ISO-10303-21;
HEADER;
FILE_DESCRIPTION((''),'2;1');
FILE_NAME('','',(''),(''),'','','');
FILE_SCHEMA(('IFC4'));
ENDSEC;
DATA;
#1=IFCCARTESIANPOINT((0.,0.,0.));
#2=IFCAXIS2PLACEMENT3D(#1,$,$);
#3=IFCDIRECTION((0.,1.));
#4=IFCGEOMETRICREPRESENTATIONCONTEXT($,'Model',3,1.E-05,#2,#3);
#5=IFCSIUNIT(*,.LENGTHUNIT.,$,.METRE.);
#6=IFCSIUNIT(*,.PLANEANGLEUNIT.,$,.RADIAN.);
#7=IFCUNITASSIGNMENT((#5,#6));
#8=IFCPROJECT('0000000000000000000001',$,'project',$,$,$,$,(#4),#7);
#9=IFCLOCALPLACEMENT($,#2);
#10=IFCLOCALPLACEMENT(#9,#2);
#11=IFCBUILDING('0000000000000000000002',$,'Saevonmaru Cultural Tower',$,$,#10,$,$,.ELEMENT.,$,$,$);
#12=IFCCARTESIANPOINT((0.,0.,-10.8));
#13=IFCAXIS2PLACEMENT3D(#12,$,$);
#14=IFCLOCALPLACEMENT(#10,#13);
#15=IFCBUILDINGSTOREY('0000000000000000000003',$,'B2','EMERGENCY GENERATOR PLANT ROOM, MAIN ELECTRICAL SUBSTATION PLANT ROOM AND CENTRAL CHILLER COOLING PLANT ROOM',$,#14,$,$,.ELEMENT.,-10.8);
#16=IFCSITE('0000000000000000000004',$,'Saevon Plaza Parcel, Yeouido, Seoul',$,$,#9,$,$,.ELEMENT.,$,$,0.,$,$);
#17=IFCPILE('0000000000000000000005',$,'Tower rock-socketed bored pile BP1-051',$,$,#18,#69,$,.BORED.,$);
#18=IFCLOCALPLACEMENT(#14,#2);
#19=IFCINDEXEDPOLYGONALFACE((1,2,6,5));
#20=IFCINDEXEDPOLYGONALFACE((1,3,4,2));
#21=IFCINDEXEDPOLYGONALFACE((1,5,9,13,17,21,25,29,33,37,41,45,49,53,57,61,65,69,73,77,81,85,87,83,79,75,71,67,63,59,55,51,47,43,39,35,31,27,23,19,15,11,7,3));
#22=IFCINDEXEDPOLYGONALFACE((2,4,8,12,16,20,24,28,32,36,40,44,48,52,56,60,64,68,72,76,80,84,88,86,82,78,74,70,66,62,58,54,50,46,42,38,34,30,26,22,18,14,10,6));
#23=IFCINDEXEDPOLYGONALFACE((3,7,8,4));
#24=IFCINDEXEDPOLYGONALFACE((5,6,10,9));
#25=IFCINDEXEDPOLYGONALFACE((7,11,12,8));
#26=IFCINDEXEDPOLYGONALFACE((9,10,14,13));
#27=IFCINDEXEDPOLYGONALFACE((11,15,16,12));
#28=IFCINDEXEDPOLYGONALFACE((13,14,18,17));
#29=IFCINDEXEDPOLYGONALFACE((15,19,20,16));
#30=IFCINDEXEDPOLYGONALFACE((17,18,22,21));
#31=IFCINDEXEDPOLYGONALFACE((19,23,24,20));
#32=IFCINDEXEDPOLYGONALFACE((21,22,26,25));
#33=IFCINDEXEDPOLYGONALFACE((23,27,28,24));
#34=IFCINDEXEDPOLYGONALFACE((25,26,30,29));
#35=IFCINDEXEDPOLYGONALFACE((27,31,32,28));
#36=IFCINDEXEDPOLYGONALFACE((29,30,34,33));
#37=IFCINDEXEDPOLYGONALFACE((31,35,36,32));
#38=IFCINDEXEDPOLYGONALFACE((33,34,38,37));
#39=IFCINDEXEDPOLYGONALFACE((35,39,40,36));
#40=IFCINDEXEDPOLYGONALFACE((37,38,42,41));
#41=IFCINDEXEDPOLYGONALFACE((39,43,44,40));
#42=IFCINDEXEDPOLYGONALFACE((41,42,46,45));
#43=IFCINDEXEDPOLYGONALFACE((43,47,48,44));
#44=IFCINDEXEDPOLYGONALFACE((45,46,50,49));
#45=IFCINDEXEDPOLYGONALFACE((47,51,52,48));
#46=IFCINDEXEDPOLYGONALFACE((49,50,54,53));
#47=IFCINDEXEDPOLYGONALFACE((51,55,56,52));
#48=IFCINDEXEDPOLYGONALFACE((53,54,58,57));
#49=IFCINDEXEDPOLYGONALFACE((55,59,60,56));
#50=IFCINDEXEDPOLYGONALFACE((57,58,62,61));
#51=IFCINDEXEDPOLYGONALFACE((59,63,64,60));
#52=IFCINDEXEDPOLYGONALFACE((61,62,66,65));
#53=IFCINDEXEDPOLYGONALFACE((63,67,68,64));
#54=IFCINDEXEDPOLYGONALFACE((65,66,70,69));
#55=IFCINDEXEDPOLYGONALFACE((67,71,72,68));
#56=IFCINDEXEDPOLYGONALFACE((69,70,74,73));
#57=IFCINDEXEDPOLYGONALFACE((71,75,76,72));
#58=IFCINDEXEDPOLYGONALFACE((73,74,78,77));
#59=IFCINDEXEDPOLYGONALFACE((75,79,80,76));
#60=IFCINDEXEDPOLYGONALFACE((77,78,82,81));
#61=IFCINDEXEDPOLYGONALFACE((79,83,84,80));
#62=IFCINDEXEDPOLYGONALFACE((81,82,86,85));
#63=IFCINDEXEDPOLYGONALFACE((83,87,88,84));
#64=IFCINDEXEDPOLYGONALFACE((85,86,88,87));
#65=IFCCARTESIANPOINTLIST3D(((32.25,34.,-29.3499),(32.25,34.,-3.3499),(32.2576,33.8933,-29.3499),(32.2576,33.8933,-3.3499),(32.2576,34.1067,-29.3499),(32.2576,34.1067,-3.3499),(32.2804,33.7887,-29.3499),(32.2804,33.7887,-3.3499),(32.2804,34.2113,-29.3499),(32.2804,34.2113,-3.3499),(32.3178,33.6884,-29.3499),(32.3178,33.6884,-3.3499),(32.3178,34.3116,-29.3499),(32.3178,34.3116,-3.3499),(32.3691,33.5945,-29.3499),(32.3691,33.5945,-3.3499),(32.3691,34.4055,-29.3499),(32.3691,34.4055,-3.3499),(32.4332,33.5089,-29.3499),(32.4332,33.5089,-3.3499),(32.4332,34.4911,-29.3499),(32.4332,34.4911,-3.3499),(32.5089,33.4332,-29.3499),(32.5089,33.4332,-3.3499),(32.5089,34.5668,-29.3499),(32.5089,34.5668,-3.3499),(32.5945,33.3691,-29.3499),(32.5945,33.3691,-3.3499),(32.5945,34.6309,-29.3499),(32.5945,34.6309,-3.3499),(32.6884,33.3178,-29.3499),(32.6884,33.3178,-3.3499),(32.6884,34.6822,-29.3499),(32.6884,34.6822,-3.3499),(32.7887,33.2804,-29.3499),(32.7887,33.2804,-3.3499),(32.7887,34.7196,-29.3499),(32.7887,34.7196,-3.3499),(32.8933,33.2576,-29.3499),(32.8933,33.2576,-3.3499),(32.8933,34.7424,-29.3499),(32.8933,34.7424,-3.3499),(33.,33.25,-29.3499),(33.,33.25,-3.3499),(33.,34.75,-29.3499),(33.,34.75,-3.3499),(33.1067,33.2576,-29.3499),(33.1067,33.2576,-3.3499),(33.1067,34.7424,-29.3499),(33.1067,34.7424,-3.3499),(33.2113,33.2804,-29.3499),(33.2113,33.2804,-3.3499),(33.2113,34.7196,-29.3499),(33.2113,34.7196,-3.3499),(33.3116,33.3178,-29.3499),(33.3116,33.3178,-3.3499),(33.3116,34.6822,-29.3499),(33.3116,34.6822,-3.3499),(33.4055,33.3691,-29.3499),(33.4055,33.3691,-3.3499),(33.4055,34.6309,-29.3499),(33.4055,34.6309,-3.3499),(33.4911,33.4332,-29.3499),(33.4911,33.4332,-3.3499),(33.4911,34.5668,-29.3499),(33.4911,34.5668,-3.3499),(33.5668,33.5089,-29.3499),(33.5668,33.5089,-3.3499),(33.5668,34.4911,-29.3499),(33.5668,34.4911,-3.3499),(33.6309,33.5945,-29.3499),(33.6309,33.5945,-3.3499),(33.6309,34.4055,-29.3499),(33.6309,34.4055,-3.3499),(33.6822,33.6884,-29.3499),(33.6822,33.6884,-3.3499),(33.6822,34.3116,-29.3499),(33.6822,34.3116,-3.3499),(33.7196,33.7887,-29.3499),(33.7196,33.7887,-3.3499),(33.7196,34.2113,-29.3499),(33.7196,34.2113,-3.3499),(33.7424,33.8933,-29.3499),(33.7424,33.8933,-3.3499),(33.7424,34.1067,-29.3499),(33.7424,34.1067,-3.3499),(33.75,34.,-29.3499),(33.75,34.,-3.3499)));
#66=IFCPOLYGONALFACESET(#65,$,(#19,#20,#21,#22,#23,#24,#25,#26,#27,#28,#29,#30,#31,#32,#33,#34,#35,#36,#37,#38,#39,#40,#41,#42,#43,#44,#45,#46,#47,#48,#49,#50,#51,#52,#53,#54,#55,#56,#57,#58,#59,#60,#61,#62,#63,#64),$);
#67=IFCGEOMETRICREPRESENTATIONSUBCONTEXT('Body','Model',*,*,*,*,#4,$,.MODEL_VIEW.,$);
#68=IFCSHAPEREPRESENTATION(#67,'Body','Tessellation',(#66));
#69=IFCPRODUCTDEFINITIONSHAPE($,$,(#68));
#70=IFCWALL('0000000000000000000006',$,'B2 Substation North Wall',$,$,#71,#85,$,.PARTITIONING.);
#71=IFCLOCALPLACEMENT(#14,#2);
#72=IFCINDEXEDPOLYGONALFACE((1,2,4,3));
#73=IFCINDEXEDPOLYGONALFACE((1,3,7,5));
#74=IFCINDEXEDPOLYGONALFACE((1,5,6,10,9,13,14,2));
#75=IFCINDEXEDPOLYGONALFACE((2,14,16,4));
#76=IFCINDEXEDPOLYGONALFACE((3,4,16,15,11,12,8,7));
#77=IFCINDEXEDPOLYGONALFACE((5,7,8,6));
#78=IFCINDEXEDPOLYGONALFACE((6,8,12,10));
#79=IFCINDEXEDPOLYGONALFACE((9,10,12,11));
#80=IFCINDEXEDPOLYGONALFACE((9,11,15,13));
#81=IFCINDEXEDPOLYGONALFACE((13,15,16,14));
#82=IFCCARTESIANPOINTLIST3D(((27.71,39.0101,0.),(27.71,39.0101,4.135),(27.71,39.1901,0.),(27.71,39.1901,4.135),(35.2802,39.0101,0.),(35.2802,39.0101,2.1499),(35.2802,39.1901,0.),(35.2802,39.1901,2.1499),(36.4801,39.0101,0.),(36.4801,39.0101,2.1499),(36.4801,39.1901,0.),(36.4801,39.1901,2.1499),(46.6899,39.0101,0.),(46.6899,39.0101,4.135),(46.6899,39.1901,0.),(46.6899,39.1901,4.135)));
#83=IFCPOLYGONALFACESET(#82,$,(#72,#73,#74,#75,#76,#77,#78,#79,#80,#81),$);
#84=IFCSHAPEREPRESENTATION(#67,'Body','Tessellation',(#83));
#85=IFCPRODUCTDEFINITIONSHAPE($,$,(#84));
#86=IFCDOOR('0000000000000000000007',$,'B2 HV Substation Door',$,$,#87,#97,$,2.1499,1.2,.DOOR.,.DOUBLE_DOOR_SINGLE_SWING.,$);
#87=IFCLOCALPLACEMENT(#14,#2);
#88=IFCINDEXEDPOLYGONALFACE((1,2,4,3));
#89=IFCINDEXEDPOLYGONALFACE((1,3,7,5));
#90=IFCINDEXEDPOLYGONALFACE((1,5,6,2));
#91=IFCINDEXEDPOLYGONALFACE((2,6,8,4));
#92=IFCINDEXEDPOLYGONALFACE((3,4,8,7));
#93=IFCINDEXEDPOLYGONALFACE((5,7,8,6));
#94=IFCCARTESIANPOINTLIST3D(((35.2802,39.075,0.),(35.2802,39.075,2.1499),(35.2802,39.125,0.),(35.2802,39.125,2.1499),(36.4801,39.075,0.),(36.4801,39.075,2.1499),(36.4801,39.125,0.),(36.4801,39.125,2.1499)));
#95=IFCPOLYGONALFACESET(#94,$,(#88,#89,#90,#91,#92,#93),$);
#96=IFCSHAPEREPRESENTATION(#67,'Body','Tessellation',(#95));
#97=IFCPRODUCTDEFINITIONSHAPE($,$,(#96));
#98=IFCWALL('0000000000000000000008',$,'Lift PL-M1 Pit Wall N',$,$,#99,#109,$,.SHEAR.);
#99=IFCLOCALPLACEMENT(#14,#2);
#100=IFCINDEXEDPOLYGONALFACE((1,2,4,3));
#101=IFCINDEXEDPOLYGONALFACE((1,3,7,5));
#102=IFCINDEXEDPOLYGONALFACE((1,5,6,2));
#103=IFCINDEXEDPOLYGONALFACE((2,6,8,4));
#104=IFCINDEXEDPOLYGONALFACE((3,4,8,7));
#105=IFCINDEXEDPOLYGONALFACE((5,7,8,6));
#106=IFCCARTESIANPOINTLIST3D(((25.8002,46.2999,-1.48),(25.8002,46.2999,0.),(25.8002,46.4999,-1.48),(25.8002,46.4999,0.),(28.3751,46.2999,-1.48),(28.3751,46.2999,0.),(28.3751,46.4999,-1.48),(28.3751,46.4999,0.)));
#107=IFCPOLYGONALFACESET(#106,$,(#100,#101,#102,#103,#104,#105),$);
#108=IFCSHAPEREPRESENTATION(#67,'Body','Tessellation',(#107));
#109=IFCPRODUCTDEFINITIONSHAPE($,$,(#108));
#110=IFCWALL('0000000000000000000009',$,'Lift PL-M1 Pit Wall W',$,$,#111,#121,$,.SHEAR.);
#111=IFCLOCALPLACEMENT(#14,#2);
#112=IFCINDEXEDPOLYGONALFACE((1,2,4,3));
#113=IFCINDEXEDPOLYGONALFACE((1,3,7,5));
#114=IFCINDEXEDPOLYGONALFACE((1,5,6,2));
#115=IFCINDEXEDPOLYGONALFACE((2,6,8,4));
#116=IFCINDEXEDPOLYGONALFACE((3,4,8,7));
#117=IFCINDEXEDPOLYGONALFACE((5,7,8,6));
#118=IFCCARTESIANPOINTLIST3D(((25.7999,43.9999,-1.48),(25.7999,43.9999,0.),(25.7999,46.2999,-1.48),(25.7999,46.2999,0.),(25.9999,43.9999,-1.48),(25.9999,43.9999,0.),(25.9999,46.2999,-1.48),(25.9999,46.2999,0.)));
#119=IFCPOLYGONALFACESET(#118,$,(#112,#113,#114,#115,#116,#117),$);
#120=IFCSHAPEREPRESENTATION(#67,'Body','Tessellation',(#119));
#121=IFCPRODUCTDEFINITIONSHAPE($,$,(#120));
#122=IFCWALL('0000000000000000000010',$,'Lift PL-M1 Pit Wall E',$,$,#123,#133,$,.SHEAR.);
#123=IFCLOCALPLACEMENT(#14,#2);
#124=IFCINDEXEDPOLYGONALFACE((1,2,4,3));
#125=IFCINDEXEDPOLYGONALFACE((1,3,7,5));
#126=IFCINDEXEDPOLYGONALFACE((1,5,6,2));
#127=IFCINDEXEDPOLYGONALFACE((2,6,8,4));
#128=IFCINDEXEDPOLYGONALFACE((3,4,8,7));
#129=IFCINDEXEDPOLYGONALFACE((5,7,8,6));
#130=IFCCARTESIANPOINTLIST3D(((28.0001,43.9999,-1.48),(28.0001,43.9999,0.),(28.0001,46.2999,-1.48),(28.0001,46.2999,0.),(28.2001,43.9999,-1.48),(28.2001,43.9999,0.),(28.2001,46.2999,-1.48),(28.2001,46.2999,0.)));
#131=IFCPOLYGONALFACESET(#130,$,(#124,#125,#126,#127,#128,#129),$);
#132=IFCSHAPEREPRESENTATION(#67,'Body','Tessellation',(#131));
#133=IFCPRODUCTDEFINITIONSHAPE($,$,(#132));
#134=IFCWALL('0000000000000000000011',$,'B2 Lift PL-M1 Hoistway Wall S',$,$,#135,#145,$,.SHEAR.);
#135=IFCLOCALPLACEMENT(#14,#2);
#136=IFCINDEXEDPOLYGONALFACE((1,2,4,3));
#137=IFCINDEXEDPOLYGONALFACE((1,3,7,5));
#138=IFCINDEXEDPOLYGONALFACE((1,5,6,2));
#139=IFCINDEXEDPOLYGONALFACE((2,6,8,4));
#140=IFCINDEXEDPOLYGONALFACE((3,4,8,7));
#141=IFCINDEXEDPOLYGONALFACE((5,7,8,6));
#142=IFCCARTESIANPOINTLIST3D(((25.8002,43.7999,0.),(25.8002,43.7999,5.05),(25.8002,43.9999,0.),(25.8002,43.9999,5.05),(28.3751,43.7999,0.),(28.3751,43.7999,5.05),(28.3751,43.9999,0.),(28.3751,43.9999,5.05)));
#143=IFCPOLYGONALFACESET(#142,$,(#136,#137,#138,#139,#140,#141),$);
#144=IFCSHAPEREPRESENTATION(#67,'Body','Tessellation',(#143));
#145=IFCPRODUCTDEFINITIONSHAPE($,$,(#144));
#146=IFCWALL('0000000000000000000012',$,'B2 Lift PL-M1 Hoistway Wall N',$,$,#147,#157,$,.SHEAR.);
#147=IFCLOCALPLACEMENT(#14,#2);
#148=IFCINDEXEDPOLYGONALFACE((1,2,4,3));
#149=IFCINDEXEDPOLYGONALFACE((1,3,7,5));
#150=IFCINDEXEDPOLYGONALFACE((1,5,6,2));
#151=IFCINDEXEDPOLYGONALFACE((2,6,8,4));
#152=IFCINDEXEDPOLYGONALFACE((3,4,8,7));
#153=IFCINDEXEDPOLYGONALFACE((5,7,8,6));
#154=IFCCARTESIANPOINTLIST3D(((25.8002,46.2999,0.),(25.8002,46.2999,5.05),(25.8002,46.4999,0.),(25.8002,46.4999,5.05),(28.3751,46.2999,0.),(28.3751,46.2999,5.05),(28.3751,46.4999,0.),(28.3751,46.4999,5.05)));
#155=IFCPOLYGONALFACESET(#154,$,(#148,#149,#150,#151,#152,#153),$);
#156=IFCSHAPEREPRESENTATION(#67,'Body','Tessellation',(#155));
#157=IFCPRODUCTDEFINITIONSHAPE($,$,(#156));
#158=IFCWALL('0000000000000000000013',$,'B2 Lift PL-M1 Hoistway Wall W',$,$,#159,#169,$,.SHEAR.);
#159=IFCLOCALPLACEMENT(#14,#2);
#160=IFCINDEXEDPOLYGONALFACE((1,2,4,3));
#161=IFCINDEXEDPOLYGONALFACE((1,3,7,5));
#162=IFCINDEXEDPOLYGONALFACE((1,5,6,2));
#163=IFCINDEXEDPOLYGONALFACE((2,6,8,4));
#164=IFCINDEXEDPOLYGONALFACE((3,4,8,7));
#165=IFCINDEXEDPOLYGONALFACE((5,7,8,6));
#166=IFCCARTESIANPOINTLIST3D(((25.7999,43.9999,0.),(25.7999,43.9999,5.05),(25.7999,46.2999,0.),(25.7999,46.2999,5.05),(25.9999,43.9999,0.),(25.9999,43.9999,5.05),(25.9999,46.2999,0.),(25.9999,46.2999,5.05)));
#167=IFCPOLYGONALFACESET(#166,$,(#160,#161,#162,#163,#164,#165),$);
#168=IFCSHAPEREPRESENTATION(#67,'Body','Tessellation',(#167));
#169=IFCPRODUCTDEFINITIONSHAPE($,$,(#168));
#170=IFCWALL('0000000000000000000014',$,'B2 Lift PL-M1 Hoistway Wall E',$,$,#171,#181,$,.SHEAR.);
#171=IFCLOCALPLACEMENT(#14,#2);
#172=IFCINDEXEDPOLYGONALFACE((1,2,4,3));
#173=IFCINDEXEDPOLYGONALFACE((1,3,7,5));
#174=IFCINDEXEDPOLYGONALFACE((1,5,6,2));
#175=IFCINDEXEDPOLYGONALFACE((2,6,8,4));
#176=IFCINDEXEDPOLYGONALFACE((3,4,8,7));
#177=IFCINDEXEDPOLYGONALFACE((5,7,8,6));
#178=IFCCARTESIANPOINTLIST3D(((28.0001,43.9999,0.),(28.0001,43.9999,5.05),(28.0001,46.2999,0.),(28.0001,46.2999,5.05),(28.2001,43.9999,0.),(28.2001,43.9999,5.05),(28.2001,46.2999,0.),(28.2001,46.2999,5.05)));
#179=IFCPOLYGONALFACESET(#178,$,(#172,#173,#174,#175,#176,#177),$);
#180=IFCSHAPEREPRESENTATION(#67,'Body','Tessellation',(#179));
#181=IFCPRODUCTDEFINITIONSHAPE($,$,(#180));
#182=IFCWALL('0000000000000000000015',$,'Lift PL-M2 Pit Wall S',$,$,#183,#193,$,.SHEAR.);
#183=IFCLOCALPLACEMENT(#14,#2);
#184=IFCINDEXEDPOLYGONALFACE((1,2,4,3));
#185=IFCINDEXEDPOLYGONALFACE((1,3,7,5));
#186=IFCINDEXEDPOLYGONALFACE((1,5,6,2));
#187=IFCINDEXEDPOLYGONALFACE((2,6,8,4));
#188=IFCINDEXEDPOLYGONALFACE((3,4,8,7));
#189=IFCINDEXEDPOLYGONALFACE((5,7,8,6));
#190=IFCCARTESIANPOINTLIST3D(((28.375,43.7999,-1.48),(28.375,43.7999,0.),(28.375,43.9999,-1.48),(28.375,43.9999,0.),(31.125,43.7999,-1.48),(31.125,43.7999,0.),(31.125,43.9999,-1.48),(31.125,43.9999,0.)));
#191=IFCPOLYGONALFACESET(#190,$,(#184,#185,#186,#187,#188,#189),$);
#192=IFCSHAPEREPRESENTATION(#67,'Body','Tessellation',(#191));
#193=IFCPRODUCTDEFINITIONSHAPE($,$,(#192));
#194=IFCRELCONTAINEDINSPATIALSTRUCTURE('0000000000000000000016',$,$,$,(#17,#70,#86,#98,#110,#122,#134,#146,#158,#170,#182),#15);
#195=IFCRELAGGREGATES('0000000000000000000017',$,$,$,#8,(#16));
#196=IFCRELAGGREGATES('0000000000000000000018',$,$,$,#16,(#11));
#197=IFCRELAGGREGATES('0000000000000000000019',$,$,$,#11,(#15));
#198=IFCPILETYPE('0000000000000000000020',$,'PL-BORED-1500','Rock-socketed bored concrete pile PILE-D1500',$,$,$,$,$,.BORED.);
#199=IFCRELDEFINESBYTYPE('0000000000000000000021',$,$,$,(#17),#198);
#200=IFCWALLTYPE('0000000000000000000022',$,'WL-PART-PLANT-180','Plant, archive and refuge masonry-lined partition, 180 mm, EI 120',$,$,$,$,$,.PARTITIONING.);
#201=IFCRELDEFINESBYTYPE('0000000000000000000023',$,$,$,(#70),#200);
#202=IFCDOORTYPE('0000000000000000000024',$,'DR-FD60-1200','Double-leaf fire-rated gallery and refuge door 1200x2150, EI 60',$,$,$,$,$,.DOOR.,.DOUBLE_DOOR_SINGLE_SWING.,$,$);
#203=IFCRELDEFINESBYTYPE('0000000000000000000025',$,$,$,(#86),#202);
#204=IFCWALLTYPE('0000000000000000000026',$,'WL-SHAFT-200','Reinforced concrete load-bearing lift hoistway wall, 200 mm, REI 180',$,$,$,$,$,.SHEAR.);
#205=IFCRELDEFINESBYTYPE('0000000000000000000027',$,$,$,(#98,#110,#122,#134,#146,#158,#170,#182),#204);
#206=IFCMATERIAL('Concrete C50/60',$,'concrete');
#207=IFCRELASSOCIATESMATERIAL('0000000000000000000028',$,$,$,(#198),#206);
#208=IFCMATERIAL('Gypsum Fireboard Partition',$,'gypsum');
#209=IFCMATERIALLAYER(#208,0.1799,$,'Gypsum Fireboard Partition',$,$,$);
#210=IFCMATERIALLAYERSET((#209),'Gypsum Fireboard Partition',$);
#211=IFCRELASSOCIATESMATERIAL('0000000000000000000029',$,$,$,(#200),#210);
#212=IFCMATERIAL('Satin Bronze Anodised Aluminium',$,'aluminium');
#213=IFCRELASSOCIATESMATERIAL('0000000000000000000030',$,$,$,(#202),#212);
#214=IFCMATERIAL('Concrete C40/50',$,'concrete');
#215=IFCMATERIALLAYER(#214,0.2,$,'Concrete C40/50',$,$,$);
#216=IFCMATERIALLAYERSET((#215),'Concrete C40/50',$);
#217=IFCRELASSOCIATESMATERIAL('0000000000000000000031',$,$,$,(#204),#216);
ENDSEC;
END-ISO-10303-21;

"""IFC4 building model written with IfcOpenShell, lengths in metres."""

from ifc_helpers import new_model, si_unit, direction, frame, frame_2d, origin, origin_2d, place, context, subcontext, project, spatial, rectangle, circle, extrude, material, layer, layer_set, material_profile, profile_set, type_object, element, fill, save


model = new_model("IFC4")

# Units and contexts
model_context = context("Model", 3, precision=1e-05, world=origin(), true_north=direction((0.0, 1.0)))
body_context = subcontext(model_context, "Body", "Model", "MODEL_VIEW")
ifc_project = project(units=[si_unit("LENGTHUNIT", "METRE"), si_unit("PLANEANGLEUNIT", "RADIAN")], contexts=[model_context])

# Site, building, storey
site_placement = place(None, origin())
site = spatial("IfcSite", under=ifc_project, at=site_placement, Name="Saevon Plaza Parcel, Yeouido, Seoul", CompositionType="ELEMENT", RefElevation=0.0)
building_placement = place(site_placement, origin())
building = spatial("IfcBuilding", under=site, at=building_placement, Name="Saevonmaru Cultural Tower", CompositionType="ELEMENT")
storey_placement = place(building_placement, frame((0.0, 0.0, -10.8)))
storey = spatial("IfcBuildingStorey", under=building, at=storey_placement, Name="B2", Description="EMERGENCY GENERATOR PLANT ROOM, MAIN ELECTRICAL SUBSTATION PLANT ROOM AND CENTRAL CHILLER COOLING PLANT ROOM", CompositionType="ELEMENT", Elevation=-10.8)

# Pile
ifc_material_1 = material(Name="Concrete C50/60", Category="concrete")
ifc_material_profile = material_profile(ifc_material_1, circle(Radius=0.75, at=origin_2d()), Name="PILE-D1500")
ifc_profile_set = profile_set([ifc_material_profile], Name="Concrete C50/60")
pile_type = type_object("IfcPileType", Name="PL-BORED-1500", Description="Rock-socketed bored concrete pile PILE-D1500", PredefinedType="BORED", material=ifc_profile_set)
for number, where, z_axis, x_axis, name in (
    (1, (33.0, 34.0, -3.3499), (0.0, 0.0, -1.0), (1.0, 0.0, 0.0), "Tower rock-socketed bored pile BP1-051"),
):
    element("IfcPile", number, at=place(storey_placement, frame(where, z_axis=z_axis, x_axis=x_axis)), inside=storey, type_object=pile_type, Name=name, PredefinedType="BORED", context=body_context, shape_type="SweptSolid", body=[
        extrude(circle(Radius=0.75, at=origin_2d()), origin(), (0.0, 0.0, 1.0), 26.0),
    ])

# Wall, opening, door
ifc_material_2 = material(Name="Gypsum Fireboard Partition", Category="gypsum")
ifc_layer_1 = layer(ifc_material_2, 0.1799, Name="Gypsum Fireboard Partition")
ifc_layer_set_1 = layer_set([ifc_layer_1], Name="Gypsum Fireboard Partition")
wall_type_1 = type_object("IfcWallType", Name="WL-PART-PLANT-180", Description="Plant, archive and refuge masonry-lined partition, 180 mm, EI 120", PredefinedType="PARTITIONING", material=ifc_layer_set_1)
wall_1_placement = place(storey_placement, frame((27.71, 39.1001, 0.0), z_axis=(0.0, 0.0, 1.0), x_axis=(1.0, 0.0, 0.0)))
wall_1 = element("IfcWall", 2, at=wall_1_placement, inside=storey, type_object=wall_type_1, Name="B2 Substation North Wall", PredefinedType="PARTITIONING", context=body_context, shape_type="SweptSolid", body=[
    extrude(rectangle(XDim=18.98, YDim=0.1799, at=frame_2d((9.49, 0.0))), origin(), (0.0, 0.0, 1.0), 4.135),
])
opening_placement = place(wall_1_placement, frame((7.5701, 0.0, 0.0)))
opening = element("IfcOpeningElement", 3, at=opening_placement, cuts=wall_1, PredefinedType="OPENING", context=body_context, shape_type="SweptSolid", body=[
    extrude(rectangle(XDim=1.2, YDim=2.1499, at=frame_2d((0.6001, 1.075))), frame((0.0, 0.1001, 0.0), z_axis=(0.0, -1.0, 0.0), x_axis=(1.0, 0.0, 0.0)), (0.0, 0.0, 1.0), 0.2),
])
ifc_material_3 = material(Name="Satin Bronze Anodised Aluminium", Category="aluminium")
door_type = type_object("IfcDoorType", Name="DR-FD60-1200", Description="Double-leaf fire-rated gallery and refuge door 1200x2150, EI 60", OperationType="DOUBLE_DOOR_SINGLE_SWING", PredefinedType="DOOR", material=ifc_material_3)
door_placement = place(opening_placement, origin())
door = element("IfcDoor", 4, at=door_placement, inside=storey, type_object=door_type, Name="B2 HV Substation Door", OperationType="DOUBLE_DOOR_SINGLE_SWING", OverallHeight=2.1499, OverallWidth=1.2, PredefinedType="DOOR", context=body_context, shape_type="SweptSolid", body=[
    extrude(rectangle(XDim=1.2, YDim=2.1499, at=frame_2d((0.6001, 1.075))), frame((0.0, 0.0249, 0.0), z_axis=(0.0, -1.0, 0.0), x_axis=(1.0, 0.0, 0.0)), (0.0, 0.0, 1.0), 0.05),
])
fill(opening, door)

# Walls
ifc_material_4 = material(Name="Concrete C40/50", Category="concrete")
ifc_layer_2 = layer(ifc_material_4, 0.2, Name="Concrete C40/50")
ifc_layer_set_2 = layer_set([ifc_layer_2], Name="Concrete C40/50")
wall_type_2 = type_object("IfcWallType", Name="WL-SHAFT-200", Description="Reinforced concrete load-bearing lift hoistway wall, 200 mm, REI 180", PredefinedType="SHEAR", material=ifc_layer_set_2)
wall_2_placement = place(storey_placement, frame((25.8, 46.3999, -1.48), z_axis=(0.0, 0.0, 1.0), x_axis=(1.0, 0.0, 0.0)))
element("IfcWall", 5, at=wall_2_placement, inside=storey, type_object=wall_type_2, Name="Lift PL-M1 Pit Wall N", PredefinedType="SHEAR", context=body_context, shape_type="SweptSolid", body=[
    extrude(rectangle(XDim=2.575, YDim=0.2, at=frame_2d((1.2876, 0.0))), origin(), (0.0, 0.0, 1.0), 1.48),
])
for number, where, z_axis, x_axis, name in (
    (6, (25.8999, 44.0, -1.48), (0.0, 0.0, 1.0), (0.0, 1.0, 0.0), "Lift PL-M1 Pit Wall W"),
    (7, (28.1001, 44.0, -1.48), (0.0, 0.0, 1.0), (0.0, 1.0, 0.0), "Lift PL-M1 Pit Wall E"),
):
    element("IfcWall", number, at=place(storey_placement, frame(where, z_axis=z_axis, x_axis=x_axis)), inside=storey, type_object=wall_type_2, Name=name, PredefinedType="SHEAR", context=body_context, shape_type="SweptSolid", body=[
        extrude(rectangle(XDim=2.3, YDim=0.2, at=frame_2d((1.1499, 0.0))), origin(), (0.0, 0.0, 1.0), 1.48),
    ])
for number, where, z_axis, x_axis, name in (
    (8, (25.8, 43.8999, 0.0), (0.0, 0.0, 1.0), (1.0, 0.0, 0.0), "B2 Lift PL-M1 Hoistway Wall S"),
    (9, (25.8, 46.3999, 0.0), (0.0, 0.0, 1.0), (1.0, 0.0, 0.0), "B2 Lift PL-M1 Hoistway Wall N"),
):
    element("IfcWall", number, at=place(storey_placement, frame(where, z_axis=z_axis, x_axis=x_axis)), inside=storey, type_object=wall_type_2, Name=name, PredefinedType="SHEAR", context=body_context, shape_type="SweptSolid", body=[
        extrude(rectangle(XDim=2.575, YDim=0.2, at=frame_2d((1.2876, 0.0))), origin(), (0.0, 0.0, 1.0), 5.05),
    ])
for number, where, z_axis, x_axis, name in (
    (10, (25.8999, 44.0, 0.0), (0.0, 0.0, 1.0), (0.0, 1.0, 0.0), "B2 Lift PL-M1 Hoistway Wall W"),
    (11, (28.1001, 44.0, 0.0), (0.0, 0.0, 1.0), (0.0, 1.0, 0.0), "B2 Lift PL-M1 Hoistway Wall E"),
):
    element("IfcWall", number, at=place(storey_placement, frame(where, z_axis=z_axis, x_axis=x_axis)), inside=storey, type_object=wall_type_2, Name=name, PredefinedType="SHEAR", context=body_context, shape_type="SweptSolid", body=[
        extrude(rectangle(XDim=2.3, YDim=0.2, at=frame_2d((1.1499, 0.0))), origin(), (0.0, 0.0, 1.0), 5.05),
    ])
for number, where, z_axis, x_axis, name in (
    (12, (28.375, 43.8999, -1.48), (0.0, 0.0, 1.0), (1.0, 0.0, 0.0), "Lift PL-M2 Pit Wall S"),
):
    element("IfcWall", number, at=place(storey_placement, frame(where, z_axis=z_axis, x_axis=x_axis)), inside=storey, type_object=wall_type_2, Name=name, PredefinedType="SHEAR", context=body_context, shape_type="SweptSolid", body=[
        extrude(rectangle(XDim=2.75, YDim=0.2, at=frame_2d((1.375, 0.0))), origin(), (0.0, 0.0, 1.0), 1.48),
    ])

save(model, "model.ifc")
